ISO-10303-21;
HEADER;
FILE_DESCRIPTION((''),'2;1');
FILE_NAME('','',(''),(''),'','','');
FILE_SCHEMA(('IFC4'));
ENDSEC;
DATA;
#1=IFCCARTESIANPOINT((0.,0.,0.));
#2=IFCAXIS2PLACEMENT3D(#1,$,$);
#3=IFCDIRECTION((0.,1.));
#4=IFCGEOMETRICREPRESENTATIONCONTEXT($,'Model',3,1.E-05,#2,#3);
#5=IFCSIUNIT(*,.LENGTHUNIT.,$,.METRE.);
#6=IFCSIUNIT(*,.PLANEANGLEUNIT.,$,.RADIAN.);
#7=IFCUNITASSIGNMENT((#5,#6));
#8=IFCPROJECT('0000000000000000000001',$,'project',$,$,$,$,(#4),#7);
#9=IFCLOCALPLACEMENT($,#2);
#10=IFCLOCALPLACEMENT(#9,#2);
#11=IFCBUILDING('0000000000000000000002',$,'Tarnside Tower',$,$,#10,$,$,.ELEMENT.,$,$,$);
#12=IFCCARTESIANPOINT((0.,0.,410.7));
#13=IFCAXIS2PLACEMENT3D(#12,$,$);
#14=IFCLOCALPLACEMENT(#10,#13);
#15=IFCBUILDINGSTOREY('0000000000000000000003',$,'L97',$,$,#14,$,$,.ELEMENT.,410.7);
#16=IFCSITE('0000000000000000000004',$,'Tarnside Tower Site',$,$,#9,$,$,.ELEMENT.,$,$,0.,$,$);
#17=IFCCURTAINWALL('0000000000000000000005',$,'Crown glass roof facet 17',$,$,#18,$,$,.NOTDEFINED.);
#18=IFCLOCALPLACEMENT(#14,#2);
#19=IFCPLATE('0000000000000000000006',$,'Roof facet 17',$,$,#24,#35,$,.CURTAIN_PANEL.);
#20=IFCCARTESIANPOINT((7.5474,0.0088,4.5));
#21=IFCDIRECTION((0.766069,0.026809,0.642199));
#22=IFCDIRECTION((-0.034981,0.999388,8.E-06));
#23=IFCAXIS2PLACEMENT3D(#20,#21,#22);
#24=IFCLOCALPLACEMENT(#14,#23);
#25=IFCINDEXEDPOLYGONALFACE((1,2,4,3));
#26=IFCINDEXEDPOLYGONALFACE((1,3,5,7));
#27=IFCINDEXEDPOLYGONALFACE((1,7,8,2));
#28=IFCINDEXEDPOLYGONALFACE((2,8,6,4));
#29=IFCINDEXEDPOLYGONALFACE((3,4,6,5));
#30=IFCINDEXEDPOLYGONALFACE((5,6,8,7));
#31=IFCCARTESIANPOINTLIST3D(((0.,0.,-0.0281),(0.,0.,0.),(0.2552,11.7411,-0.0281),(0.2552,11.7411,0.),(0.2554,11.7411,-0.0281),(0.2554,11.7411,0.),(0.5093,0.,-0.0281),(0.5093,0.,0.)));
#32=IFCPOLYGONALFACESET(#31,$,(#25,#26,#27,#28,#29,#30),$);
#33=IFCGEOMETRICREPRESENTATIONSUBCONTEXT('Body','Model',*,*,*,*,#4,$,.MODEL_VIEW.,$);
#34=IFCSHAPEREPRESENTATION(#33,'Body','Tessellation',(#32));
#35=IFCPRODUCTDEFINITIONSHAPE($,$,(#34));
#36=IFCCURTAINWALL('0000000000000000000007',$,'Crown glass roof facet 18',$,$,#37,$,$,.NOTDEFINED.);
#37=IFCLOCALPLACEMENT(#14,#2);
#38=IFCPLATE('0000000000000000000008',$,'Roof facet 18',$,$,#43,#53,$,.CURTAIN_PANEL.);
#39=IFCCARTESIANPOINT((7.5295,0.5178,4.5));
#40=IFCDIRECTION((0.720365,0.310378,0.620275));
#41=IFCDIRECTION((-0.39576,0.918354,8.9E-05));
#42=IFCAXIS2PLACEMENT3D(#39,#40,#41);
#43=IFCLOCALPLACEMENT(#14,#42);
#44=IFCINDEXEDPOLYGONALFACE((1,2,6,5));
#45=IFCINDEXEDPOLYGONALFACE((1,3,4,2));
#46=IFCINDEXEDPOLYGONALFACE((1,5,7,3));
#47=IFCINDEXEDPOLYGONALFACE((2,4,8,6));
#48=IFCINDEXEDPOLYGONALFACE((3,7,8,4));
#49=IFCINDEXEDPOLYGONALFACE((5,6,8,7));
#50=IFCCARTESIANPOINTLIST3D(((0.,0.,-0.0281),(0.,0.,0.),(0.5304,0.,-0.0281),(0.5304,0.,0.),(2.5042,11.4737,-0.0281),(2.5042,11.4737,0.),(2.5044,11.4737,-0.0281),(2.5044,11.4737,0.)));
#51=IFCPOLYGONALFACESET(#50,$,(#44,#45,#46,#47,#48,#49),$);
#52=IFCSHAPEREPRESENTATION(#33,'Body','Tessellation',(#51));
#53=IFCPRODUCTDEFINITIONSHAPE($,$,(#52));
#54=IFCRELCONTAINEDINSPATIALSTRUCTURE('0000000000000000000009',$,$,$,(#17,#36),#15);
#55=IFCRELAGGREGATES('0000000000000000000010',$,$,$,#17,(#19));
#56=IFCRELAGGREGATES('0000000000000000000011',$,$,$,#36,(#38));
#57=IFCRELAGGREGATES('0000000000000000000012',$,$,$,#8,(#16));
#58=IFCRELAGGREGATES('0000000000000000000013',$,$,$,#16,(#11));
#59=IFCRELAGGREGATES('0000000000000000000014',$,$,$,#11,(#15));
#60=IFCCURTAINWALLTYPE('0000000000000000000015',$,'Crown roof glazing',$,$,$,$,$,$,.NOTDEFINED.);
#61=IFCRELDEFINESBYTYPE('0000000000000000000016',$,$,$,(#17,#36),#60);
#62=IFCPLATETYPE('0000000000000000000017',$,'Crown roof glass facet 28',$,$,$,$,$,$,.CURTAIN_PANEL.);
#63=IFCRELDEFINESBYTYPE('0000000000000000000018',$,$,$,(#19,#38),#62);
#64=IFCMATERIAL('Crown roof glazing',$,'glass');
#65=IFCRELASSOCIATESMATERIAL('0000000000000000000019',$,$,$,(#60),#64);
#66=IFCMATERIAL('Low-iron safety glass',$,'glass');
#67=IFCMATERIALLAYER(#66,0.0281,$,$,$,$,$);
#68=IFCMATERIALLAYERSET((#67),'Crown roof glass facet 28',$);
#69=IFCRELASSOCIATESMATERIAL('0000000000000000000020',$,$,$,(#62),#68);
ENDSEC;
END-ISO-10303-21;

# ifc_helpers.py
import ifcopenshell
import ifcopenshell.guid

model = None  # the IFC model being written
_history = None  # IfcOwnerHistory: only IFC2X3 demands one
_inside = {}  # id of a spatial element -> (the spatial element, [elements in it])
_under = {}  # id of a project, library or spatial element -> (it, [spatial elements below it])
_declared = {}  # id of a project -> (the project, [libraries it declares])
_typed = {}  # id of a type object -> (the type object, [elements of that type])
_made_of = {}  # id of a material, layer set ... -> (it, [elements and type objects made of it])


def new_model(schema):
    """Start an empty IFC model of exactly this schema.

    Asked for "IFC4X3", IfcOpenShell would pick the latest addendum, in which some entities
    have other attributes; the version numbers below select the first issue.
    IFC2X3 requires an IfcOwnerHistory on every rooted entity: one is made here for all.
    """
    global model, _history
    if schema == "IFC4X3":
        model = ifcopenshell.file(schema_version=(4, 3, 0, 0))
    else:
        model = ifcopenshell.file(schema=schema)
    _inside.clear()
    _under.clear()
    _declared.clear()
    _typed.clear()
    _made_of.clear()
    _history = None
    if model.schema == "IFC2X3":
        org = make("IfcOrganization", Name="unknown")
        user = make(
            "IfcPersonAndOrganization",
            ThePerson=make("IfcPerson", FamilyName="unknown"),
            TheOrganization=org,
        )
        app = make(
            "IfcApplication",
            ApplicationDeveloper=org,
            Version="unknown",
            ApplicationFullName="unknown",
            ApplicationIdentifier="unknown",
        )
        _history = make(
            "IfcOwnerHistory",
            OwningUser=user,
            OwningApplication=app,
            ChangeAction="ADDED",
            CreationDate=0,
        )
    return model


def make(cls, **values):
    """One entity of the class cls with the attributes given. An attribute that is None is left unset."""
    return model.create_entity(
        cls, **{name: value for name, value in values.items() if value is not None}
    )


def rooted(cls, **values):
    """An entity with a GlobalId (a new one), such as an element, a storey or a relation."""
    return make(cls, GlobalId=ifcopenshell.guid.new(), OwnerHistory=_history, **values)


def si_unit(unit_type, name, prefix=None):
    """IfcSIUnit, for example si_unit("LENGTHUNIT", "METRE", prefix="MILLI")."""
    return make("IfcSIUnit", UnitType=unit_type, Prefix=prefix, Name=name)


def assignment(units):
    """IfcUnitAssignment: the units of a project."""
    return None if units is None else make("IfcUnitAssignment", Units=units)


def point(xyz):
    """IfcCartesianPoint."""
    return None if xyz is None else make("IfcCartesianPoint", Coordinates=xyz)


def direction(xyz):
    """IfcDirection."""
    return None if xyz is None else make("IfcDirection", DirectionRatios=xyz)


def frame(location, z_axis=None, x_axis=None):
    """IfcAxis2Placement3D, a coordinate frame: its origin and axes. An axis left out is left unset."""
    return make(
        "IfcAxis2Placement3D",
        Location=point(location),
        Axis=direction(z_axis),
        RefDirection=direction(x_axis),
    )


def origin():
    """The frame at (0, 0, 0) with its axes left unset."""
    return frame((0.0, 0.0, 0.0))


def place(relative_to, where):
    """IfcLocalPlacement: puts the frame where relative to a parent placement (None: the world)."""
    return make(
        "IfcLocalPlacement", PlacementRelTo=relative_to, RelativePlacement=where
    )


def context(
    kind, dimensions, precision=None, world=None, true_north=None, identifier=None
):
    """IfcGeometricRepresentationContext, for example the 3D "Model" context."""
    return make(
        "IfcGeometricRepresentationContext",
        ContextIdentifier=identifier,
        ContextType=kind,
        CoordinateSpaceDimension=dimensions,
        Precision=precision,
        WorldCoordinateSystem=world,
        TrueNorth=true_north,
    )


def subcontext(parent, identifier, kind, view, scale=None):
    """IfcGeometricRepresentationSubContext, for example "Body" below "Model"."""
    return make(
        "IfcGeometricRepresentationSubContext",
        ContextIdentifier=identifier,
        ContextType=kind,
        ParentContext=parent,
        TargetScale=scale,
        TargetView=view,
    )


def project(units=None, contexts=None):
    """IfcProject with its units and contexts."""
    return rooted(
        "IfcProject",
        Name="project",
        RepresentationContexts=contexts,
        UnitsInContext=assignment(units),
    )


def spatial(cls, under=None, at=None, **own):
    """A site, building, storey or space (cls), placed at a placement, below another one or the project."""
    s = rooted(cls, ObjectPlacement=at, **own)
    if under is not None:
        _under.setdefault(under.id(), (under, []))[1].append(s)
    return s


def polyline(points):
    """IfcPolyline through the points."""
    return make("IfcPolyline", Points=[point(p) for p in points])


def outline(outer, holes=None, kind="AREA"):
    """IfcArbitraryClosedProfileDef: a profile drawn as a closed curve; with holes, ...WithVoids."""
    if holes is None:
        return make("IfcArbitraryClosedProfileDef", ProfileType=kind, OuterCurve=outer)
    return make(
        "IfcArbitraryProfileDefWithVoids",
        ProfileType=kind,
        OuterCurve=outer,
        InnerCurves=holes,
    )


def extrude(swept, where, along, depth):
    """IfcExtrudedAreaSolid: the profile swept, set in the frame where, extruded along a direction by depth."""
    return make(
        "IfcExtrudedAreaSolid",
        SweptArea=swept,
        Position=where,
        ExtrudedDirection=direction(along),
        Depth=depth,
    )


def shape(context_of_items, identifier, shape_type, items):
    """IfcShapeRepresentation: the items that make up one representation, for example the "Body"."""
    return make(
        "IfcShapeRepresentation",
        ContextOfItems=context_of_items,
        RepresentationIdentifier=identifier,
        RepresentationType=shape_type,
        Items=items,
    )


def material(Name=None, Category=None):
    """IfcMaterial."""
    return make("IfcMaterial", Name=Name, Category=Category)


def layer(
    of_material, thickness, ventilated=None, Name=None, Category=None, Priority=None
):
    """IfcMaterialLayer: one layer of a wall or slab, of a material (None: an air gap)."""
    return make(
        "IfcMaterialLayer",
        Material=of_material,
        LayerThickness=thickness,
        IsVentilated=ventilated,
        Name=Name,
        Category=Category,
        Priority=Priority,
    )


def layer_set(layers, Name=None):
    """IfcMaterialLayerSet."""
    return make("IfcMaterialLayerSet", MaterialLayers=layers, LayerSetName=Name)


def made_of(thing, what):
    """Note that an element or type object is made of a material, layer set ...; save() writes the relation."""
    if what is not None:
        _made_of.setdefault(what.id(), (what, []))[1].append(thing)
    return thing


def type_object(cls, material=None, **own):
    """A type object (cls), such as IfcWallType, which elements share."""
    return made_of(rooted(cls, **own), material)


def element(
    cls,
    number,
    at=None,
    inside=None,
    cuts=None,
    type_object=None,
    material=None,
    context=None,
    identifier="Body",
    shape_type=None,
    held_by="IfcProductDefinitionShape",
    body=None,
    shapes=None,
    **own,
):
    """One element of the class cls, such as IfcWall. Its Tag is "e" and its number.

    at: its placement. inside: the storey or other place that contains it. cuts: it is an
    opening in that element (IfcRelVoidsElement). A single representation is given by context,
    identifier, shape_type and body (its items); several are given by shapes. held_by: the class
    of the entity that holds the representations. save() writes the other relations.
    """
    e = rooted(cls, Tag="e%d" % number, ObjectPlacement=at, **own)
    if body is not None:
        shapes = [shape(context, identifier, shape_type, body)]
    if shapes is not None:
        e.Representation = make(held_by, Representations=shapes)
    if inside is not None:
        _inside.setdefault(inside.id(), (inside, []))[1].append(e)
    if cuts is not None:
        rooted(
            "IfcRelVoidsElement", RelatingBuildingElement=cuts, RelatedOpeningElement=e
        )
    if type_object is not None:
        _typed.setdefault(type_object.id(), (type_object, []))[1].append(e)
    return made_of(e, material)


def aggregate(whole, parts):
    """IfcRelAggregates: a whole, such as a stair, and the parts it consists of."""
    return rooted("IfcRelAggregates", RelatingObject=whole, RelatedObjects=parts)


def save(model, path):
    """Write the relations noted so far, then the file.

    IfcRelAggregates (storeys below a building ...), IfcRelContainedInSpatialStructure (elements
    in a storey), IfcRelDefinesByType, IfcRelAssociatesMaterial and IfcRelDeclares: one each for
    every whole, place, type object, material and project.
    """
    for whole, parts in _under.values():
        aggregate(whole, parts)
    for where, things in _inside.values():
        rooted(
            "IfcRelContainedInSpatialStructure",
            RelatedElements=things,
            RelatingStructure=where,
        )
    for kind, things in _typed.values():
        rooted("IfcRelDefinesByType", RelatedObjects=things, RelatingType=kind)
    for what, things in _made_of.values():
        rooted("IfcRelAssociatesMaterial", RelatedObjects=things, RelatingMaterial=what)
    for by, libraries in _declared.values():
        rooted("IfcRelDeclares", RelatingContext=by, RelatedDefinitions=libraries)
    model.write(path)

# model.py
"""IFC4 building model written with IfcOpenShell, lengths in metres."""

from ifc_helpers import new_model, si_unit, direction, frame, origin, place, context, subcontext, project, spatial, polyline, outline, extrude, material, layer, layer_set, type_object, element, aggregate, save


model = new_model("IFC4")

# Units and contexts
model_context = context("Model", 3, precision=1e-05, world=origin(), true_north=direction((0.0, 1.0)))
body_context = subcontext(model_context, "Body", "Model", "MODEL_VIEW")
ifc_project = project(units=[si_unit("LENGTHUNIT", "METRE"), si_unit("PLANEANGLEUNIT", "RADIAN")], contexts=[model_context])

# Site, building, storey
site_placement = place(None, origin())
site = spatial("IfcSite", under=ifc_project, at=site_placement, Name="Tarnside Tower Site", CompositionType="ELEMENT", RefElevation=0.0)
building_placement = place(site_placement, origin())
building = spatial("IfcBuilding", under=site, at=building_placement, Name="Tarnside Tower", CompositionType="ELEMENT")
storey_placement = place(building_placement, frame((0.0, 0.0, 410.7)))
storey = spatial("IfcBuildingStorey", under=building, at=storey_placement, Name="L97", CompositionType="ELEMENT", Elevation=410.7)

# Shared definitions
ifc_material_1 = material(Name="Low-iron safety glass", Category="glass")

# Curtain walls, plates
ifc_material_2 = material(Name="Crown roof glazing", Category="glass")
curtain_wall_type_1 = type_object("IfcCurtainWallType", Name="Crown roof glazing", PredefinedType="NOTDEFINED", material=ifc_material_2)
curtain_wall_1_placement = place(storey_placement, origin())
curtain_wall_1 = element("IfcCurtainWall", 1, at=curtain_wall_1_placement, inside=storey, type_object=curtain_wall_type_1, Name="Crown glass roof facet 17", PredefinedType="NOTDEFINED")
ifc_layer_1 = layer(ifc_material_1, 0.0281)
ifc_layer_set_1 = layer_set([ifc_layer_1], Name="Crown roof glass facet 28")
plate_type_1 = type_object("IfcPlateType", Name="Crown roof glass facet 28", PredefinedType="CURTAIN_PANEL", material=ifc_layer_set_1)
plate_1_placement = place(storey_placement, frame((7.5474, 0.0088, 4.5), z_axis=(0.766069, 0.026809, 0.642199), x_axis=(-0.034981, 0.999388, 0.000008)))
plate_1 = element("IfcPlate", 2, at=plate_1_placement, type_object=plate_type_1, Name="Roof facet 17", PredefinedType="CURTAIN_PANEL", context=body_context, shape_type="SweptSolid", body=[
    extrude(outline(polyline([(0.0, 0.0), (0.5093, 0.0), (0.2554, 11.7411), (0.2552, 11.7411), (0.0, 0.0)])), origin(), (0.0, 0.0, -1.0), 0.0281),
])
aggregate(curtain_wall_1, [plate_1])
curtain_wall_2_placement = place(storey_placement, origin())
curtain_wall_2 = element("IfcCurtainWall", 3, at=curtain_wall_2_placement, inside=storey, type_object=curtain_wall_type_1, Name="Crown glass roof facet 18", PredefinedType="NOTDEFINED")
plate_2_placement = place(storey_placement, frame((7.5295, 0.5178, 4.5), z_axis=(0.720365, 0.310378, 0.620275), x_axis=(-0.39576, 0.918354, 0.000089)))
plate_2 = element("IfcPlate", 4, at=plate_2_placement, type_object=plate_type_1, Name="Roof facet 18", PredefinedType="CURTAIN_PANEL", context=body_context, shape_type="SweptSolid", body=[
    extrude(outline(polyline([(0.0, 0.0), (0.5304, 0.0), (2.5044, 11.4737), (2.5042, 11.4737), (0.0, 0.0)])), origin(), (0.0, 0.0, -1.0), 0.0281),
])
aggregate(curtain_wall_2, [plate_2])

save(model, "model.ifc")
